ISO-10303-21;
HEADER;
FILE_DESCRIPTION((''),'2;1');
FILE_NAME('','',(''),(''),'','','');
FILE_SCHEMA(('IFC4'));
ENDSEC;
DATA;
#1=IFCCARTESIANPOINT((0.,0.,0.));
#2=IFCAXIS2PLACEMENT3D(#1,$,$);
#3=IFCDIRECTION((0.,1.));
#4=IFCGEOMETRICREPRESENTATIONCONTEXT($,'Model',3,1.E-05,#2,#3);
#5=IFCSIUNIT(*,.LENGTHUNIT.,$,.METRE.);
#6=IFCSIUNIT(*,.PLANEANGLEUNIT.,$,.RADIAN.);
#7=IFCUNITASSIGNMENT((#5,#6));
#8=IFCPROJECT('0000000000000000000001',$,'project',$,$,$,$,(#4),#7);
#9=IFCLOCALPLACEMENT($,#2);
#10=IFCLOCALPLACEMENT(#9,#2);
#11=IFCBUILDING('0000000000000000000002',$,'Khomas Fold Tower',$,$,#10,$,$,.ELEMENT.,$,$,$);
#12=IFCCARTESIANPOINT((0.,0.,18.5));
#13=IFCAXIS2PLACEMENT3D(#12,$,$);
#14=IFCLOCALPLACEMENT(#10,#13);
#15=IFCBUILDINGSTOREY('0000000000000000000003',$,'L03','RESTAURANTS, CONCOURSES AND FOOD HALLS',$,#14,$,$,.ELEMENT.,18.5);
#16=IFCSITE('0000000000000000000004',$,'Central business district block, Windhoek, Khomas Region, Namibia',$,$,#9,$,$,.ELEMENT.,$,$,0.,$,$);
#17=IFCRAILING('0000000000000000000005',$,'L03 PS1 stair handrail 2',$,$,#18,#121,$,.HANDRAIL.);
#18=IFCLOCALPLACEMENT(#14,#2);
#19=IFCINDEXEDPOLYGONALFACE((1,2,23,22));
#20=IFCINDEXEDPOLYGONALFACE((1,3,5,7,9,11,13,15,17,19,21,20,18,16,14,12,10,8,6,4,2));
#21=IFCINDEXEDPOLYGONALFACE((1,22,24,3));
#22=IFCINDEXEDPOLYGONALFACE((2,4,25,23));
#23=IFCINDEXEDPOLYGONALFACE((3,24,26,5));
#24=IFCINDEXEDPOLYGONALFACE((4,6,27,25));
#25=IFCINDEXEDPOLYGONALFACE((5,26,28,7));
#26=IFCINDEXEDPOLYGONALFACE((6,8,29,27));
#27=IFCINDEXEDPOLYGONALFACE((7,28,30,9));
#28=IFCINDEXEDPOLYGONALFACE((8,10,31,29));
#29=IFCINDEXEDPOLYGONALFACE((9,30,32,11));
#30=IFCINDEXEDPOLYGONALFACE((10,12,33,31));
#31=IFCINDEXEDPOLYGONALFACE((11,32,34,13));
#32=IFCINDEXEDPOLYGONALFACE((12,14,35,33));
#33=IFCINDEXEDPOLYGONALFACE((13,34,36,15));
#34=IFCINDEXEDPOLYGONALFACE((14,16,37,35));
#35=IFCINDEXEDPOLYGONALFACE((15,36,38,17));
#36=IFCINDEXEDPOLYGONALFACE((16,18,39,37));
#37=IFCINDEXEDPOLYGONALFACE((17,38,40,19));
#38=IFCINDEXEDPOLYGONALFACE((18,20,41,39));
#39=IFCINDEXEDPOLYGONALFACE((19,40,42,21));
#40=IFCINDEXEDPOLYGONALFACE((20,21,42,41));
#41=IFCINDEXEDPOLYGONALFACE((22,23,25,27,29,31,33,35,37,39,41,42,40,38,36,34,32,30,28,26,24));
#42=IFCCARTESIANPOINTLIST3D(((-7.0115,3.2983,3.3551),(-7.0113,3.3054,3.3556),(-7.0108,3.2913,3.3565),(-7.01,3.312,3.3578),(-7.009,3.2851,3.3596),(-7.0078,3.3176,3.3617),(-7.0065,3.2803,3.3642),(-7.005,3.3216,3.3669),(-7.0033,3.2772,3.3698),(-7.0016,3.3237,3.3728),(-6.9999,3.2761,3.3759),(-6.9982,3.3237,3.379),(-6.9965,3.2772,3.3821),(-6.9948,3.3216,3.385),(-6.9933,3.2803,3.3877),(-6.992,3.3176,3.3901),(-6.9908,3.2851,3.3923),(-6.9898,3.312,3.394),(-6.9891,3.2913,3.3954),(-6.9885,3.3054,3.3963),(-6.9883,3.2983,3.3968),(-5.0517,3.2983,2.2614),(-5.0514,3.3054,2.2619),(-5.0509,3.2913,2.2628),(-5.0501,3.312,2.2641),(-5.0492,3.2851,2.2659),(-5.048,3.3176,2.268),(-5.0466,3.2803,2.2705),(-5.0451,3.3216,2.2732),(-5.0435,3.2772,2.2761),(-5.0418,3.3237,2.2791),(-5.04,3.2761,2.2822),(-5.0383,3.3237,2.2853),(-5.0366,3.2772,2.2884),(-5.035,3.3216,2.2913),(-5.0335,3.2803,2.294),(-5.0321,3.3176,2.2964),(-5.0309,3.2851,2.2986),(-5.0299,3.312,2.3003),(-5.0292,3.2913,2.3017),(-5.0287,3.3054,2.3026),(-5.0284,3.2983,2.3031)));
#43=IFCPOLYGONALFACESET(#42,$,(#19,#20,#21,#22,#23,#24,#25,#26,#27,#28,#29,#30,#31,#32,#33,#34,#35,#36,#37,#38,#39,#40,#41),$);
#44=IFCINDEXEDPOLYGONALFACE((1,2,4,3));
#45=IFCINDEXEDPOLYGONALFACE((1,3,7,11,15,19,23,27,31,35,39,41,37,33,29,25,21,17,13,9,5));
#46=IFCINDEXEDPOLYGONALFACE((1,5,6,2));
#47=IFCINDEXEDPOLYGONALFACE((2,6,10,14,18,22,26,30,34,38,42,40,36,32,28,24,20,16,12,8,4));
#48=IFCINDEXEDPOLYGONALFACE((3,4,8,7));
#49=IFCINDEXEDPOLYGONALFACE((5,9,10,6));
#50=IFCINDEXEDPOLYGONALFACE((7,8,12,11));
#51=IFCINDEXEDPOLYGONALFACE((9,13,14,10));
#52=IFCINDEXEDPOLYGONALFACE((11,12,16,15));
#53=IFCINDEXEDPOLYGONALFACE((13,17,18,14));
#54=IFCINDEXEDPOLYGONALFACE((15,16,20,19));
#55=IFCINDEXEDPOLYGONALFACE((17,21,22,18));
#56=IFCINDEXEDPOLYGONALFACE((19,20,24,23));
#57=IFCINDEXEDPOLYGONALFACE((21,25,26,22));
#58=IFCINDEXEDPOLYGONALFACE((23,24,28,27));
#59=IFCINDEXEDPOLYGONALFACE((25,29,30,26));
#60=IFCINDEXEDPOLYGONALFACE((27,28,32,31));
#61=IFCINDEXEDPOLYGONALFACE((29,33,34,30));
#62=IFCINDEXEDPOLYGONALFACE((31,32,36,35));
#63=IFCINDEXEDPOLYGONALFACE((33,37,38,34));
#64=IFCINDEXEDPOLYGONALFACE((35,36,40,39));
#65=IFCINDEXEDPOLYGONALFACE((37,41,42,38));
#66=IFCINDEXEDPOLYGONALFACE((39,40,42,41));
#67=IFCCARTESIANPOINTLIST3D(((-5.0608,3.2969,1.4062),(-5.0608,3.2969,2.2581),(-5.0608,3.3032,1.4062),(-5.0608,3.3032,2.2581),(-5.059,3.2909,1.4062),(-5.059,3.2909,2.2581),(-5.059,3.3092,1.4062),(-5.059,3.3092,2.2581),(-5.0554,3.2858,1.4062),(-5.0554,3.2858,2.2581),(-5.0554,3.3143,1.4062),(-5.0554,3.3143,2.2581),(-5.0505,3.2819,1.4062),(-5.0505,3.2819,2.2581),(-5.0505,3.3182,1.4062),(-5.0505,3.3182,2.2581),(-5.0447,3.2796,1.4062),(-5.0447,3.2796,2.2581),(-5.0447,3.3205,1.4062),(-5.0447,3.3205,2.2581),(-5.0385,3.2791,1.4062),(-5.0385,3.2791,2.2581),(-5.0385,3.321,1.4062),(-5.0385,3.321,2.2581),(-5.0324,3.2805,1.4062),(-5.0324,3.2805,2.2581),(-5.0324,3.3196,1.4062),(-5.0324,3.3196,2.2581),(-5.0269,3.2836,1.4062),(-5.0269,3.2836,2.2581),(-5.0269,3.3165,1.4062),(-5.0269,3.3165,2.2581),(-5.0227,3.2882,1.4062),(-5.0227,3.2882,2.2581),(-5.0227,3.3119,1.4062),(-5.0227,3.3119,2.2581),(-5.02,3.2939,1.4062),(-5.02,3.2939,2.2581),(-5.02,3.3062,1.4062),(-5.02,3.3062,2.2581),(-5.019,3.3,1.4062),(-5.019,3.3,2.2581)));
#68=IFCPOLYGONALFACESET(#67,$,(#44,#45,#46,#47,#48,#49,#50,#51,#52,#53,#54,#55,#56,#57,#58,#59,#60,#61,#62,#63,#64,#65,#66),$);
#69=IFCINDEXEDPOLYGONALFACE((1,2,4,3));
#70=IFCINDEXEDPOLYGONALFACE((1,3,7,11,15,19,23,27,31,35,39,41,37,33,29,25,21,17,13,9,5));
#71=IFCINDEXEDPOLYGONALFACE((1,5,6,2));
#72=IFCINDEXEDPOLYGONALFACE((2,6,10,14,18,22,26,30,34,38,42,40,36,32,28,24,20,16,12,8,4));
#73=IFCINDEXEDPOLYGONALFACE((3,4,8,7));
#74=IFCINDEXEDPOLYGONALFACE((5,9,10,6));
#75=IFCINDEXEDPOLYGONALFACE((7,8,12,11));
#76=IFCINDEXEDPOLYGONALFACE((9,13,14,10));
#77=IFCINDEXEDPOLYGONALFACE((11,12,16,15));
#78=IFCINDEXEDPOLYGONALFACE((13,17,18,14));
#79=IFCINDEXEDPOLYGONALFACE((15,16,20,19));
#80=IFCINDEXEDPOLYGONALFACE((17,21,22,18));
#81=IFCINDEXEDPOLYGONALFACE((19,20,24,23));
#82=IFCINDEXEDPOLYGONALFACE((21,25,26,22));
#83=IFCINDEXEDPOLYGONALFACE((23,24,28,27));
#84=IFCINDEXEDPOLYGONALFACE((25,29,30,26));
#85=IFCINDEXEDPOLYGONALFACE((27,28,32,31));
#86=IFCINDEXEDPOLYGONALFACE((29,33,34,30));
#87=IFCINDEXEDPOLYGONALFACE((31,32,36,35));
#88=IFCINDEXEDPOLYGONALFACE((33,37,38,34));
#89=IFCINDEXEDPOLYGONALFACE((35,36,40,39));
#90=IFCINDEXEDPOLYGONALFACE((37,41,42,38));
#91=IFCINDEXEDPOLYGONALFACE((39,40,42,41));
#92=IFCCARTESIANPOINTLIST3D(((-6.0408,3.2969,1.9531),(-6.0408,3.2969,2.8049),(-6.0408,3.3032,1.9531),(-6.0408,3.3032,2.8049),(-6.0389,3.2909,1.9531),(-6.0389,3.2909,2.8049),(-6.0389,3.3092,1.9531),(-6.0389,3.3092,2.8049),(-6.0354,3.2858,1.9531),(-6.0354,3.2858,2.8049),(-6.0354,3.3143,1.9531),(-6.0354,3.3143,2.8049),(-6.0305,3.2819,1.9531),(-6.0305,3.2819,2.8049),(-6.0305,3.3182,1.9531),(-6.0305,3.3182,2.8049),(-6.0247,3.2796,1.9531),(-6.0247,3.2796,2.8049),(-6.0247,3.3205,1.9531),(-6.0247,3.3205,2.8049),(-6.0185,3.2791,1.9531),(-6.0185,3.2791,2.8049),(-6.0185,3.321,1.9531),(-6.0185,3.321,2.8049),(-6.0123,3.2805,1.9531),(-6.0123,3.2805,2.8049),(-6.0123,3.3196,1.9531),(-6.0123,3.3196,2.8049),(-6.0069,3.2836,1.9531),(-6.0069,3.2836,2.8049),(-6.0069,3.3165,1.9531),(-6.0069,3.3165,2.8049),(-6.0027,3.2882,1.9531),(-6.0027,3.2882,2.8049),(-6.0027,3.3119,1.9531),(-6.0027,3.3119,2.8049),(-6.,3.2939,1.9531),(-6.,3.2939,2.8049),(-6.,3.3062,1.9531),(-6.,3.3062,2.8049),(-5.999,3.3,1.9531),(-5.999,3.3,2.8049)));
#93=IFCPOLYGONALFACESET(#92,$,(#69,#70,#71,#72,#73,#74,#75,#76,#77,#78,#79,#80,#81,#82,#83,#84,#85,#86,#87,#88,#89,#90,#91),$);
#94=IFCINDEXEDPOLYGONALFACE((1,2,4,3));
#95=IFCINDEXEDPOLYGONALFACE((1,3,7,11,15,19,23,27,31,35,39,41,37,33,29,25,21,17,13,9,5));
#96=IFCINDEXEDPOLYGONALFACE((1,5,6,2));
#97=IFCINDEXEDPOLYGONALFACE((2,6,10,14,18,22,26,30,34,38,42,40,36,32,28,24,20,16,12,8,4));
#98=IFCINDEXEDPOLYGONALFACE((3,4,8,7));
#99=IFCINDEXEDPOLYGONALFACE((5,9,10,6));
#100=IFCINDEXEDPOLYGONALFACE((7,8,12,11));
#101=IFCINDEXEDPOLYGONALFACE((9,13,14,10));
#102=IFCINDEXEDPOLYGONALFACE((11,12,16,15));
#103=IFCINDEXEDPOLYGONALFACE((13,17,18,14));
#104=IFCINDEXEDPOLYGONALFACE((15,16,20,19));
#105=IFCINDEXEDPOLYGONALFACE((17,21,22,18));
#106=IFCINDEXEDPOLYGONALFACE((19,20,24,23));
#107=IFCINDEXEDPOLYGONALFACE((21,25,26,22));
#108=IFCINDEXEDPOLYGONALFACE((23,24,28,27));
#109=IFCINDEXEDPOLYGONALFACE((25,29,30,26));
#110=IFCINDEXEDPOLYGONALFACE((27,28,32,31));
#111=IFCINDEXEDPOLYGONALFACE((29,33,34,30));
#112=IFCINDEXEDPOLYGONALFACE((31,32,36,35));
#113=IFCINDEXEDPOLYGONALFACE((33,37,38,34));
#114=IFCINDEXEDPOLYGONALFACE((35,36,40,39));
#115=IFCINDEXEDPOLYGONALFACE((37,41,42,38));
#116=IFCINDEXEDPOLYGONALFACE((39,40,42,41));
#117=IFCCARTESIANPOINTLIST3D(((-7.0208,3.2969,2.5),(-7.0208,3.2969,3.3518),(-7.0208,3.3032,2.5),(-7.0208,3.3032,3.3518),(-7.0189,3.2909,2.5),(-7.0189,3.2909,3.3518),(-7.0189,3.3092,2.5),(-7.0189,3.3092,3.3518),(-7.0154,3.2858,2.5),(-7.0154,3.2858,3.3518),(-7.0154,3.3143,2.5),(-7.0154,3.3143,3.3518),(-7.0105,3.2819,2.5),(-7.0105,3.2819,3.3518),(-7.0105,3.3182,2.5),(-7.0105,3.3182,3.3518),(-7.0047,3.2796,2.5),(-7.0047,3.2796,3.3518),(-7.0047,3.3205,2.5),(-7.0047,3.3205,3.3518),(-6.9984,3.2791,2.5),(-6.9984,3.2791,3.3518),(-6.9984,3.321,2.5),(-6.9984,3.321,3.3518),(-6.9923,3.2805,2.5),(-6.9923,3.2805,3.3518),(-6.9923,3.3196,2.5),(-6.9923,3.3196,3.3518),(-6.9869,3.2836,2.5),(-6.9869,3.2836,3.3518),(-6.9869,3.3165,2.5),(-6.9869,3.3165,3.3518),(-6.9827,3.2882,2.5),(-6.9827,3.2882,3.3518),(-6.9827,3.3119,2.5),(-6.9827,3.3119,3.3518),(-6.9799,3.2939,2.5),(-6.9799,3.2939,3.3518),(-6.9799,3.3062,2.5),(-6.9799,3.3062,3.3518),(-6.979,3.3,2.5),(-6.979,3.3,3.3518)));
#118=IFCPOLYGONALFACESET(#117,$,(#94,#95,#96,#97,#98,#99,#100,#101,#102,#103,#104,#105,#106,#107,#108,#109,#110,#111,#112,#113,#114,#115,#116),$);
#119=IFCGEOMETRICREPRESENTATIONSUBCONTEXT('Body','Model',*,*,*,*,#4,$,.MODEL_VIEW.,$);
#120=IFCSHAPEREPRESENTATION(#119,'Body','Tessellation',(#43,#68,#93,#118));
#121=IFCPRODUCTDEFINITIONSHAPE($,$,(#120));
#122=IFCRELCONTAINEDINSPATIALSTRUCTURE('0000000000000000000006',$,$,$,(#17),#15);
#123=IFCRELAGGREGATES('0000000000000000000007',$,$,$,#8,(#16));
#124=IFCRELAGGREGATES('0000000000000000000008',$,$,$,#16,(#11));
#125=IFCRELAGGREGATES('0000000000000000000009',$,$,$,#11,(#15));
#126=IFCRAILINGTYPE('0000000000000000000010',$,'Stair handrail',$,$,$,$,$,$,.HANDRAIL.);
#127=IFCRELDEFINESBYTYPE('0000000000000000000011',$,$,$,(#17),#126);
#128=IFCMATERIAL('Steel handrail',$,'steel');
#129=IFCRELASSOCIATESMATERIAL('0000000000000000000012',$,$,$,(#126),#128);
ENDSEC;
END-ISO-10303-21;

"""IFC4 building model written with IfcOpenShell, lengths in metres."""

from ifc_helpers import new_model, si_unit, direction, frame, origin, origin_2d, place, context, subcontext, project, spatial, circle, extrude, source, transform, mapped, material, type_object, element, save


model = new_model("IFC4")

# Units and contexts
model_context = context("Model", 3, precision=1e-05, world=origin(), true_north=direction((0.0, 1.0)))
body_context = subcontext(model_context, "Body", "Model", "MODEL_VIEW")
ifc_project = project(units=[si_unit("LENGTHUNIT", "METRE"), si_unit("PLANEANGLEUNIT", "RADIAN")], contexts=[model_context])

# Site, building, storey
site_placement = place(None, origin())
site = spatial("IfcSite", under=ifc_project, at=site_placement, Name="Central business district block, Windhoek, Khomas Region, Namibia", CompositionType="ELEMENT", RefElevation=0.0)
building_placement = place(site_placement, origin())
building = spatial("IfcBuilding", under=site, at=building_placement, Name="Khomas Fold Tower", CompositionType="ELEMENT")
storey_placement = place(building_placement, frame((0.0, 0.0, 18.5)))
storey = spatial("IfcBuildingStorey", under=building, at=storey_placement, Name="L03", Description="RESTAURANTS, CONCOURSES AND FOOD HALLS", CompositionType="ELEMENT", Elevation=18.5)

# Railing
ifc_material_1 = material(Name="Steel handrail", Category="steel")
railing_type_1 = type_object("IfcRailingType", Name="Stair handrail", PredefinedType="HANDRAIL", material=ifc_material_1)
shared_shape_1 = source(origin(), body_context, "Body", "SweptSolid", [
    extrude(circle(Radius=0.0239, at=origin_2d()), frame((0.0, 0.0, 0.876), z_axis=(-0.873232, 0.0, 0.487304), x_axis=(0.0, -1.0, 0.0)), (0.0, 0.0, 1.0), 2.2444),
    extrude(circle(Radius=0.021, at=origin_2d()), origin(), (0.0, 0.0, 1.0), 0.8518),
    extrude(circle(Radius=0.021, at=origin_2d()), frame((-0.98, 0.0, 0.5469)), (0.0, 0.0, 1.0), 0.8518),
    extrude(circle(Radius=0.021, at=origin_2d()), frame((-1.96, 0.0, 1.0938)), (0.0, 0.0, 1.0), 0.8518),
])
for number, where, name in (
    (1, (-5.04, 3.3, 1.4062), "L03 PS1 stair handrail 2"),
):
    element("IfcRailing", number, at=place(storey_placement, frame(where)), inside=storey, type_object=railing_type_1, Name=name, PredefinedType="HANDRAIL", context=body_context, shape_type="MappedRepresentation", body=[
        mapped(shared_shape_1, transform((0.0, 0.0, 0.0))),
    ])

save(model, "model.ifc")
